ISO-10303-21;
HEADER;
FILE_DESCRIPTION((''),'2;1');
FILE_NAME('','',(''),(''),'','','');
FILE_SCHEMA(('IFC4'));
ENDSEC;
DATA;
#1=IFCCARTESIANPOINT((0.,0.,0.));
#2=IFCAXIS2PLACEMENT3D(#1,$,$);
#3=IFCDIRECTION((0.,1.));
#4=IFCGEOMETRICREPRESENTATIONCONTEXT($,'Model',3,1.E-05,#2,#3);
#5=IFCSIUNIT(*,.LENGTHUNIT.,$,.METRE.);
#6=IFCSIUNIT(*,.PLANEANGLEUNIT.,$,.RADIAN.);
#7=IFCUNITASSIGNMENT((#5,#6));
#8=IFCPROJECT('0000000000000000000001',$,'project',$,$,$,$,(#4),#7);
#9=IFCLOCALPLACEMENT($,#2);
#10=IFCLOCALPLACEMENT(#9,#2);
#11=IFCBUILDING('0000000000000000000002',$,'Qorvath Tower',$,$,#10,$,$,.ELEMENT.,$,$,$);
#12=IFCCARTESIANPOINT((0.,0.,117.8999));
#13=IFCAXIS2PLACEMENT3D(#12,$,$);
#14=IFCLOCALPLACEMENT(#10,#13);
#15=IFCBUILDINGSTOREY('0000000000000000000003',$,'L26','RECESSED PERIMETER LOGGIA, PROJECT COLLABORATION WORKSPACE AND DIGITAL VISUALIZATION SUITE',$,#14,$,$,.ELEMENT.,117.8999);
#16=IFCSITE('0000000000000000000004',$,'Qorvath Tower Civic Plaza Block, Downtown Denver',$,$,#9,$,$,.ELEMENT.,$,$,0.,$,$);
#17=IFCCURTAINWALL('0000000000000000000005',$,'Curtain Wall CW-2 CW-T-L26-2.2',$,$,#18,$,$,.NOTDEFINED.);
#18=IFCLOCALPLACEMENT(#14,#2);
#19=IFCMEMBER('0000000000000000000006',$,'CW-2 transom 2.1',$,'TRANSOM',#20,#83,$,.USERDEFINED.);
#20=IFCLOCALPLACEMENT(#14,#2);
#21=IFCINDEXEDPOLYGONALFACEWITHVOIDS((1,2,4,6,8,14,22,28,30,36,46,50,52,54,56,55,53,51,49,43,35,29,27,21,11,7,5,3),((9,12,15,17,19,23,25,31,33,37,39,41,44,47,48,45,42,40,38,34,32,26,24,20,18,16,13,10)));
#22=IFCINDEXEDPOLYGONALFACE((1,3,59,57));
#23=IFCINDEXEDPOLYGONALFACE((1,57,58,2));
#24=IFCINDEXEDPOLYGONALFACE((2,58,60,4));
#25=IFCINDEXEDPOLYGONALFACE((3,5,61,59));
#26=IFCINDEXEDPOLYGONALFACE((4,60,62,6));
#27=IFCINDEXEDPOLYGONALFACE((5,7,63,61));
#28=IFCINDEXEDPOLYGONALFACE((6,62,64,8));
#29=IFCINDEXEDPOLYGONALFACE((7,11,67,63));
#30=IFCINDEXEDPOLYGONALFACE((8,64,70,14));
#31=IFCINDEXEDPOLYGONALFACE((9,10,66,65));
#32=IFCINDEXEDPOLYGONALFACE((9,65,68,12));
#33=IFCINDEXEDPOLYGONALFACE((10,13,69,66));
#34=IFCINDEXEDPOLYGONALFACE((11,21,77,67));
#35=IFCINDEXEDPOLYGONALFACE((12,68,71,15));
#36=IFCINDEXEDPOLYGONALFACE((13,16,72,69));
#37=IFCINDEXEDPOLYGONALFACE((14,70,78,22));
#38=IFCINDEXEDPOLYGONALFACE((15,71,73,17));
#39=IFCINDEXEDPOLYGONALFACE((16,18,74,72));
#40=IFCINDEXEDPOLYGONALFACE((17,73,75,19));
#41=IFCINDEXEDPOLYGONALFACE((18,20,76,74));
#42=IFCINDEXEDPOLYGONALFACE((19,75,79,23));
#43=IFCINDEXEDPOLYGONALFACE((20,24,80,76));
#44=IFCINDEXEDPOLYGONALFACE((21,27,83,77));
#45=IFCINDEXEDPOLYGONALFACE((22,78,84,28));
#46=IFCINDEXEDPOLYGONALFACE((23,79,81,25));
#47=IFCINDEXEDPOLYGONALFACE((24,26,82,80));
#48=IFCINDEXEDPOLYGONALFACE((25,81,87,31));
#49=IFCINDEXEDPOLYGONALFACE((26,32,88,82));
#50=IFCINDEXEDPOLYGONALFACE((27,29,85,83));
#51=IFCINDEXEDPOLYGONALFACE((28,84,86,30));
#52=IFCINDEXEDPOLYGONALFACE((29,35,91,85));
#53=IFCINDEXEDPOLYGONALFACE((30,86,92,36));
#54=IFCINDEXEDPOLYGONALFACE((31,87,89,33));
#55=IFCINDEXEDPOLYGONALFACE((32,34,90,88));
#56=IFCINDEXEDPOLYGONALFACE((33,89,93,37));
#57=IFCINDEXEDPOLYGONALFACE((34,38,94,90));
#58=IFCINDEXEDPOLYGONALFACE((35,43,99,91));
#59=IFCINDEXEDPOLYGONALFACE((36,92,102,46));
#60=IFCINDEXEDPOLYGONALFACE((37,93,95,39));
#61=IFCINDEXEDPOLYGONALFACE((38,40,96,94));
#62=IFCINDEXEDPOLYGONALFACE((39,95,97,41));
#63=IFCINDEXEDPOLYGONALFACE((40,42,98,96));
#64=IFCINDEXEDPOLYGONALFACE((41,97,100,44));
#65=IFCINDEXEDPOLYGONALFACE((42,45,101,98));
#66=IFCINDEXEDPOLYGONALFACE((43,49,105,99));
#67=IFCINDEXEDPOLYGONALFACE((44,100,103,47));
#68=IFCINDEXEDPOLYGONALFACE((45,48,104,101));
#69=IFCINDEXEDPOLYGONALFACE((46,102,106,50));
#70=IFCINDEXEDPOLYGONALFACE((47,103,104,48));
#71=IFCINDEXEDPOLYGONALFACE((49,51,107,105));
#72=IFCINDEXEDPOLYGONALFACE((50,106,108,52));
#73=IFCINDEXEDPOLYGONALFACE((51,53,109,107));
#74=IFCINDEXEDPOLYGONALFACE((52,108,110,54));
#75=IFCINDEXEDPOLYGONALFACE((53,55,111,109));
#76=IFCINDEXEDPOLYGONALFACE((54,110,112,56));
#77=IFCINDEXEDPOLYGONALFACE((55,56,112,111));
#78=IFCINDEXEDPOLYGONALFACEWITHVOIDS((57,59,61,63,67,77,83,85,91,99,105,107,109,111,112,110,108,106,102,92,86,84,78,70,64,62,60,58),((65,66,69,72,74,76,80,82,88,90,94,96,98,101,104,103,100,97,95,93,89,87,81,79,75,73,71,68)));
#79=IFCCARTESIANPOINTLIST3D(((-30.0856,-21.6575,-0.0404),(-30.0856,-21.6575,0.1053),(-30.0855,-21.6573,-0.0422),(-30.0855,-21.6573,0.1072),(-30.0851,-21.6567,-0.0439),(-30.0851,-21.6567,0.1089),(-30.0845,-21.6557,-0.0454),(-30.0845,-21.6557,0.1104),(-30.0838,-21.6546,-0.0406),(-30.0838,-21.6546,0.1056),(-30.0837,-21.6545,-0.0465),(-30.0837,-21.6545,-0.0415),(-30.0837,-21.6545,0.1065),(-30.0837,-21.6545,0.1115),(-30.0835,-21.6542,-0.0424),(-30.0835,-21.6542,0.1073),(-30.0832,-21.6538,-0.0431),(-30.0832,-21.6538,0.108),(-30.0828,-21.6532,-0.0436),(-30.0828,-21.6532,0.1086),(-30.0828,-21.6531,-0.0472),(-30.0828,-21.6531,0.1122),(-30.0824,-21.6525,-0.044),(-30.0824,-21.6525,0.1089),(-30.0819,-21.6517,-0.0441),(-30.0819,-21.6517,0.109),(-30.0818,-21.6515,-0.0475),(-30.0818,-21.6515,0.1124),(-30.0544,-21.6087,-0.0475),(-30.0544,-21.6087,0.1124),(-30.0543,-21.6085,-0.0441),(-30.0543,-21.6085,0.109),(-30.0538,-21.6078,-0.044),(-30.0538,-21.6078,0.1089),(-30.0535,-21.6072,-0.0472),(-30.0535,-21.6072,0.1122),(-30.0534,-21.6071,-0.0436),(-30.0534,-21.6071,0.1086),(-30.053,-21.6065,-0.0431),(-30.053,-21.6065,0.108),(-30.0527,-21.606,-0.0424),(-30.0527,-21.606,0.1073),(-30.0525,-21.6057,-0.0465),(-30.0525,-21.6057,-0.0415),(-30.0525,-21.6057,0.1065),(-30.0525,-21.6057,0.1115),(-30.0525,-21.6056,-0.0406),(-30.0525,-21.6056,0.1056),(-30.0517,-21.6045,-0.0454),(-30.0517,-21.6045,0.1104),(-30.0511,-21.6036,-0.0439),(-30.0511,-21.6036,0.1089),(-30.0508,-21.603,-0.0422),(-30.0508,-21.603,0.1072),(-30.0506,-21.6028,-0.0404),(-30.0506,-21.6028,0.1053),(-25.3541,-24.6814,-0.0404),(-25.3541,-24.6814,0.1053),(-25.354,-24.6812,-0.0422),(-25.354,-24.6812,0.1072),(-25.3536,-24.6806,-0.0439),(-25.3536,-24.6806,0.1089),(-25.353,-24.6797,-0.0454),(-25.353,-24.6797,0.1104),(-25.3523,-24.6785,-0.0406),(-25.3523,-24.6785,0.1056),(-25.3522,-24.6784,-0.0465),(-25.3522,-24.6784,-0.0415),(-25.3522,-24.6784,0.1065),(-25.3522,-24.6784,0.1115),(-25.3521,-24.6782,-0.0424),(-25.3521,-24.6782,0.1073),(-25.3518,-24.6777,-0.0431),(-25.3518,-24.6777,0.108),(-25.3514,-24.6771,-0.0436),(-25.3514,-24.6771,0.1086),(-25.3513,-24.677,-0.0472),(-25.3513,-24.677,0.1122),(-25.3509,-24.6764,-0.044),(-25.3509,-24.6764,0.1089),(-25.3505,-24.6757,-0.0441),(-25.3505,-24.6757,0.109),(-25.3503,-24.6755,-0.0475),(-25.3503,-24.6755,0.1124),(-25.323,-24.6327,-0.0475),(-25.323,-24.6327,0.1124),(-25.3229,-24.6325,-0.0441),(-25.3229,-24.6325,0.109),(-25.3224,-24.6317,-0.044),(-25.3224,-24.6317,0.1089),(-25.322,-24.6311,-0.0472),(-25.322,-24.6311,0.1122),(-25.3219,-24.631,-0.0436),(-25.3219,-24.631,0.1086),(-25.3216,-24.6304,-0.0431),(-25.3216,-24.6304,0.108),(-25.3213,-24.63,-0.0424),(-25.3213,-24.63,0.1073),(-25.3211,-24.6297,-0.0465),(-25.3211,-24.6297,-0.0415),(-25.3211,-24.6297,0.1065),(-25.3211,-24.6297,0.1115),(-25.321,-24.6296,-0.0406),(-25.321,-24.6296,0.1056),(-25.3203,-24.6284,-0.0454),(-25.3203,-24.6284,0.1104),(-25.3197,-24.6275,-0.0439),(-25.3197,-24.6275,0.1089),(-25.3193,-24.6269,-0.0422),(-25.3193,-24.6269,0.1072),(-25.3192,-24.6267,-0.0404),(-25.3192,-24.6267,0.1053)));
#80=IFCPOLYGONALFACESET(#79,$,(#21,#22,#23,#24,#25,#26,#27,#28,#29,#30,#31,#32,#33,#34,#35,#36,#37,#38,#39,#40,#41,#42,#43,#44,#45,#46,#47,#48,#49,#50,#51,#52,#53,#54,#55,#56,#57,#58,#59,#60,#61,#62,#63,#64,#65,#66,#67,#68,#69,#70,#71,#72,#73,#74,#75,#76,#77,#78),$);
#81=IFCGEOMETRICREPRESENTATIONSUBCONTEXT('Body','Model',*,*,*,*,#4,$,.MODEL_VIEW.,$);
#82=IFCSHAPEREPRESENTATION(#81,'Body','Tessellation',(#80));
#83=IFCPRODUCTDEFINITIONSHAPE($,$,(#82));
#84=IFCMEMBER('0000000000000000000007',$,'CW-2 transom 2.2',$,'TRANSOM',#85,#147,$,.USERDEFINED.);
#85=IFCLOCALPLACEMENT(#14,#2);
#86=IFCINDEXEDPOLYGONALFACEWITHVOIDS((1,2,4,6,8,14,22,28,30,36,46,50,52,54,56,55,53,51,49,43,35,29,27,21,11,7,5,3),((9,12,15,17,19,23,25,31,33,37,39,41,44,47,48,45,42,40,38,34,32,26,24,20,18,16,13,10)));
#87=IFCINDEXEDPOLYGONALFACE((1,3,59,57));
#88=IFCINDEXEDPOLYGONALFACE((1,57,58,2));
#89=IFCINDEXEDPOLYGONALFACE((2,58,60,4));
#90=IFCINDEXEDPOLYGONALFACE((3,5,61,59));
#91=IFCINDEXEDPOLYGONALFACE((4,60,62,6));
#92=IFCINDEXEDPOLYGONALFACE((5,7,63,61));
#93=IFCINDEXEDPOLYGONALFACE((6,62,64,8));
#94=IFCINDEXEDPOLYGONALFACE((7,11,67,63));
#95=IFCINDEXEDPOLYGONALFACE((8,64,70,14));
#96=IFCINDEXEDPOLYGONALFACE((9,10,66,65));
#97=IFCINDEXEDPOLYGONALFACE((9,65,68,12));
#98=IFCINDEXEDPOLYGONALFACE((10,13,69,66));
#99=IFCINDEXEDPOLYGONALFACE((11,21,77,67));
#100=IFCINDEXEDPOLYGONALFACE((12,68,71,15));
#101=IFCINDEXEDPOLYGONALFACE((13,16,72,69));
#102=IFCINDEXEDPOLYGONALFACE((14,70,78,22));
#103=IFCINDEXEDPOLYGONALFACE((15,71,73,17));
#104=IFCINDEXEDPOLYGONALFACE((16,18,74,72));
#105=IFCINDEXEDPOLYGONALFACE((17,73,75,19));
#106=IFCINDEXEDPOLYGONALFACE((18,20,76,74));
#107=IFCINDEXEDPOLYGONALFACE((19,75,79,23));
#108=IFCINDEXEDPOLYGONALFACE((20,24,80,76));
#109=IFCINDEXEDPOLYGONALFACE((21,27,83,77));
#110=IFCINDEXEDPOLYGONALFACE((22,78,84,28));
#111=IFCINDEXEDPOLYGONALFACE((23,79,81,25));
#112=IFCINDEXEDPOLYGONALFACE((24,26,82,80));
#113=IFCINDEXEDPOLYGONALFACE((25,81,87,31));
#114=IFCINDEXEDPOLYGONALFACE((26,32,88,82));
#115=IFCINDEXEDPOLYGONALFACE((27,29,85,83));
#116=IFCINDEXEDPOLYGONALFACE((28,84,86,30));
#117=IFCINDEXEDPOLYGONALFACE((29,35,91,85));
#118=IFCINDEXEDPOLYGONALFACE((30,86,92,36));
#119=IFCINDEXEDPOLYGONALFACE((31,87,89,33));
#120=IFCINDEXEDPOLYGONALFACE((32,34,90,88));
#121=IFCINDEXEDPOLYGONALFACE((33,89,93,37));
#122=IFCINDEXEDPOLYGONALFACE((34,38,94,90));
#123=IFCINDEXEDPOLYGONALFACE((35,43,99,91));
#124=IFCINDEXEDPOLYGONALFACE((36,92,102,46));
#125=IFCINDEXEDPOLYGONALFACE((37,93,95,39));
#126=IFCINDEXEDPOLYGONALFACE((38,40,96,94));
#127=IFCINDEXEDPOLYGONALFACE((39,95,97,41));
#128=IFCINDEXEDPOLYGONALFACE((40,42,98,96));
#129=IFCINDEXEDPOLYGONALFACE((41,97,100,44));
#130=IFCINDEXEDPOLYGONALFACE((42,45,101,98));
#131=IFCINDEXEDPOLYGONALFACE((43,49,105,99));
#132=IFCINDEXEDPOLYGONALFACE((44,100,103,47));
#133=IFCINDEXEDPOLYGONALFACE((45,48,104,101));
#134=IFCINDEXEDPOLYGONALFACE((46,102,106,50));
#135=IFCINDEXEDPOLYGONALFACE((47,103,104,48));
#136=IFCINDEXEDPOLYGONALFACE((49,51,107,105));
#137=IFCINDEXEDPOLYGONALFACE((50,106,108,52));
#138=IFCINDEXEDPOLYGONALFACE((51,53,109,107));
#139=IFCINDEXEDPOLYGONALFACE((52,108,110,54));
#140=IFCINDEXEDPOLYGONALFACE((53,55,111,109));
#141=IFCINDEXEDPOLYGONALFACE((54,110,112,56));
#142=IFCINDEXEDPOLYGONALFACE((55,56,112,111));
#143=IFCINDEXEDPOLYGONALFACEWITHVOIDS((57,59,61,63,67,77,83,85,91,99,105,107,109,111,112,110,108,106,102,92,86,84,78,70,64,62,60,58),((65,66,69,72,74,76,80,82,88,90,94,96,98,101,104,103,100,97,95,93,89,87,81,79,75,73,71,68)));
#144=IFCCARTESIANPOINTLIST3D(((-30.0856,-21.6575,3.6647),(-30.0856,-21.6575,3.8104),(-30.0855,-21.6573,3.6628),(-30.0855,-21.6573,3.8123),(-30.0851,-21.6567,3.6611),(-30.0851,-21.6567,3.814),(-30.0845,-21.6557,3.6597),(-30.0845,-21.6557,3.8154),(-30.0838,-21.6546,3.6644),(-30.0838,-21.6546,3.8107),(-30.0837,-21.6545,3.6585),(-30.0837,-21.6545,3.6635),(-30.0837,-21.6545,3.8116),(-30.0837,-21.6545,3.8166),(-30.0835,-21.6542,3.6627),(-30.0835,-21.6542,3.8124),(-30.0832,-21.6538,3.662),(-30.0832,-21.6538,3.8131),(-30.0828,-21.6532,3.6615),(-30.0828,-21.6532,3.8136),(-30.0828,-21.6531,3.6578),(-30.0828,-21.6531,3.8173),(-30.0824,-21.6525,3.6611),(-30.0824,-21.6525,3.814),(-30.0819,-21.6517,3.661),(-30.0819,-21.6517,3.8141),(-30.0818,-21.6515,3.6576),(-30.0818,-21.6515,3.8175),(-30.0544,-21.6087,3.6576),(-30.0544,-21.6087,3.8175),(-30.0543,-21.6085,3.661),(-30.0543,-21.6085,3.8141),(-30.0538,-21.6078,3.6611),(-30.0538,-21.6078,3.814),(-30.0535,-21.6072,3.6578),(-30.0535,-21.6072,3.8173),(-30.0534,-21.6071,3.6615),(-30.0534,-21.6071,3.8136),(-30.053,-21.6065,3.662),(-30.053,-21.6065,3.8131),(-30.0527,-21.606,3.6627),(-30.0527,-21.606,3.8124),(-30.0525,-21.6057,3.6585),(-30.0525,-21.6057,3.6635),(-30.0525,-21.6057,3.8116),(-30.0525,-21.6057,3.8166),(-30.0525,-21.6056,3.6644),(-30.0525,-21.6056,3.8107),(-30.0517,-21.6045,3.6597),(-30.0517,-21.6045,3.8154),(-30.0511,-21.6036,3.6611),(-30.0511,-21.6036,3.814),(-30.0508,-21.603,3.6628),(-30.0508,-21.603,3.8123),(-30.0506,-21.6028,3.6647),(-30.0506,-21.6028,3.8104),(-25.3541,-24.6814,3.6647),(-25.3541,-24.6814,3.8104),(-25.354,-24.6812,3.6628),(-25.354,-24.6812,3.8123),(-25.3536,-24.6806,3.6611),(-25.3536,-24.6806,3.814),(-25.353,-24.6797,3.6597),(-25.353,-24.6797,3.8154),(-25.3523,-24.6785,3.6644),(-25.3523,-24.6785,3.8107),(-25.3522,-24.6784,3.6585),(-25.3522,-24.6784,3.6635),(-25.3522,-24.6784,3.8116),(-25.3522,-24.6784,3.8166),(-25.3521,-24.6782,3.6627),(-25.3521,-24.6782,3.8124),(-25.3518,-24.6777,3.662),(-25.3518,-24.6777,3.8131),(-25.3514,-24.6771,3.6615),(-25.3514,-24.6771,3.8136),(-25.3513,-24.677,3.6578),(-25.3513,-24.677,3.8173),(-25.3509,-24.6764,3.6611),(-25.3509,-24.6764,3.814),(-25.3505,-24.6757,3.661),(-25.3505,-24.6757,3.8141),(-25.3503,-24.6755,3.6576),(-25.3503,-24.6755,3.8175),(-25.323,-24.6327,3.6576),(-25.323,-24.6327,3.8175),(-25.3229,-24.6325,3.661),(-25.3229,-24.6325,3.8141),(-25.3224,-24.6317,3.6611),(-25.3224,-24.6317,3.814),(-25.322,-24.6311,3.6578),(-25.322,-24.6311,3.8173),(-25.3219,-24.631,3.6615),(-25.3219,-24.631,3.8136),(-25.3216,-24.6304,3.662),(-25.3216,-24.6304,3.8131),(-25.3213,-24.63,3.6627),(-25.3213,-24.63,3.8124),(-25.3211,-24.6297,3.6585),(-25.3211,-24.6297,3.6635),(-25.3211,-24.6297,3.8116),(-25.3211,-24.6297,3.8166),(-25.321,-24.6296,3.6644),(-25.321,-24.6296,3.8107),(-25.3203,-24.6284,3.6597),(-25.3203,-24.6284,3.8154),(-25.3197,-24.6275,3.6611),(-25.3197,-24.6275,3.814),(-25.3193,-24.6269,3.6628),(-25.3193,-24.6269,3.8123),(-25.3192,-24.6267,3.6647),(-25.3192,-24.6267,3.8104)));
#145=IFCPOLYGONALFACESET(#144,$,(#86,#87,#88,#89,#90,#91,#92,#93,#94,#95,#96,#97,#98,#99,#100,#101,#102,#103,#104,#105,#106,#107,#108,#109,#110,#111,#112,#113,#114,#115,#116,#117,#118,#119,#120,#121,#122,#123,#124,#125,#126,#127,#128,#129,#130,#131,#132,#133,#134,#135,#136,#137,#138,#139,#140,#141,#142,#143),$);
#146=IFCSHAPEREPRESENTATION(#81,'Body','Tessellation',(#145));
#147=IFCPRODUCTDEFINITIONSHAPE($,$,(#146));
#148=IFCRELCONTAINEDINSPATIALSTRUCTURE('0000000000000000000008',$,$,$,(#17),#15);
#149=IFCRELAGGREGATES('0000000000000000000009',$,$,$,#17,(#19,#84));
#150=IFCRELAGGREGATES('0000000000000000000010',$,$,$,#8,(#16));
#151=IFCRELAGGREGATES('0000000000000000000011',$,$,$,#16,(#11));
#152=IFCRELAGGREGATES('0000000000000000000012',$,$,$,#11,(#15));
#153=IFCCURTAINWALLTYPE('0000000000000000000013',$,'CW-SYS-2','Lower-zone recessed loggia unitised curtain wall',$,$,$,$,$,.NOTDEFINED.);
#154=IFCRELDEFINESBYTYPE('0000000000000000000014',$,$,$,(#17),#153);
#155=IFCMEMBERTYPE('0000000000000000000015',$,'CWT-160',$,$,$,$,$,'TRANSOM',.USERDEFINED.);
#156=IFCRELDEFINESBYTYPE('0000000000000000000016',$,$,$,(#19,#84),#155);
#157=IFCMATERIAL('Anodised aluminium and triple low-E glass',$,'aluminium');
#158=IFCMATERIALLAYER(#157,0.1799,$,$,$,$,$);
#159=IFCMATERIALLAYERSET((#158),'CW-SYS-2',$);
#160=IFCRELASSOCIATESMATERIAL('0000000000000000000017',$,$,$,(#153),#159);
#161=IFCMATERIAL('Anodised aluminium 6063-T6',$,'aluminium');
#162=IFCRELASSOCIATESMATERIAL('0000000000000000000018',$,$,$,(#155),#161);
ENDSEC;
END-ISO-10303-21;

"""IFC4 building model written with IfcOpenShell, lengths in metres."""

from ifc_helpers import new_model, si_unit, direction, frame, origin, origin_2d, place, context, subcontext, project, spatial, hollow_rectangle, extrude, material, layer, layer_set, material_profile, profile_set, type_object, element, aggregate, save


model = new_model("IFC4")

# Units and contexts
model_context = context("Model", 3, precision=1e-05, world=origin(), true_north=direction((0.0, 1.0)))
body_context = subcontext(model_context, "Body", "Model", "MODEL_VIEW")
ifc_project = project(units=[si_unit("LENGTHUNIT", "METRE"), si_unit("PLANEANGLEUNIT", "RADIAN")], contexts=[model_context])

# Site, building, storey
site_placement = place(None, origin())
site = spatial("IfcSite", under=ifc_project, at=site_placement, Name="Qorvath Tower Civic Plaza Block, Downtown Denver", CompositionType="ELEMENT", RefElevation=0.0)
building_placement = place(site_placement, origin())
building = spatial("IfcBuilding", under=site, at=building_placement, Name="Qorvath Tower", CompositionType="ELEMENT")
storey_placement = place(building_placement, frame((0.0, 0.0, 117.8999)))
storey = spatial("IfcBuildingStorey", under=building, at=storey_placement, Name="L26", Description="RECESSED PERIMETER LOGGIA, PROJECT COLLABORATION WORKSPACE AND DIGITAL VISUALIZATION SUITE", CompositionType="ELEMENT", Elevation=117.8999)

# Curtain wall, members
ifc_material_1 = material(Name="Anodised aluminium and triple low-E glass", Category="aluminium")
ifc_layer_1 = layer(ifc_material_1, 0.1799)
ifc_layer_set_1 = layer_set([ifc_layer_1], Name="CW-SYS-2")
curtain_wall_type = type_object("IfcCurtainWallType", Name="CW-SYS-2", Description="Lower-zone recessed loggia unitised curtain wall", PredefinedType="NOTDEFINED", material=ifc_layer_set_1)
curtain_wall_placement = place(storey_placement, origin())
curtain_wall = element("IfcCurtainWall", 1, at=curtain_wall_placement, inside=storey, type_object=curtain_wall_type, Name="Curtain Wall CW-2 CW-T-L26-2.2", PredefinedType="NOTDEFINED")
ifc_material_2 = material(Name="Anodised aluminium 6063-T6", Category="aluminium")
ifc_material_profile_1 = material_profile(ifc_material_2, hollow_rectangle(XDim=0.0649, YDim=0.1599, WallThickness=0.0034, InnerFilletRadius=0.0034, OuterFilletRadius=0.0071, at=origin_2d()), Name="CWT 160x65")
ifc_profile_set_1 = profile_set([ifc_material_profile_1], Name="Anodised aluminium 6063-T6")
member_type_1 = type_object("IfcMemberType", Name="CWT-160", ElementType="TRANSOM", PredefinedType="USERDEFINED", material=ifc_profile_set_1)
member_1_placement = place(storey_placement, frame((-30.0681, -21.6301, 0.0325), z_axis=(0.842611, -0.538523, 0.0), x_axis=(0.538523, 0.842611, 0.0)))
member_1 = element("IfcMember", 2, at=member_1_placement, type_object=member_type_1, Name="CW-2 transom 2.1", ObjectType="TRANSOM", PredefinedType="USERDEFINED", context=body_context, shape_type="SweptSolid", body=[
    extrude(hollow_rectangle(XDim=0.0649, YDim=0.1599, WallThickness=0.0034, InnerFilletRadius=0.0034, OuterFilletRadius=0.0071, at=origin_2d()), origin(), (0.0, 0.0, 1.0), 5.6152),
])
member_2_placement = place(storey_placement, frame((-30.0681, -21.6301, 3.7375), z_axis=(0.842611, -0.538523, 0.0), x_axis=(0.538523, 0.842611, 0.0)))
member_2 = element("IfcMember", 3, at=member_2_placement, type_object=member_type_1, Name="CW-2 transom 2.2", ObjectType="TRANSOM", PredefinedType="USERDEFINED", context=body_context, shape_type="SweptSolid", body=[
    extrude(hollow_rectangle(XDim=0.0649, YDim=0.1599, WallThickness=0.0034, InnerFilletRadius=0.0034, OuterFilletRadius=0.0071, at=origin_2d()), origin(), (0.0, 0.0, 1.0), 5.6152),
])
aggregate(curtain_wall, [member_1, member_2])

save(model, "model.ifc")
